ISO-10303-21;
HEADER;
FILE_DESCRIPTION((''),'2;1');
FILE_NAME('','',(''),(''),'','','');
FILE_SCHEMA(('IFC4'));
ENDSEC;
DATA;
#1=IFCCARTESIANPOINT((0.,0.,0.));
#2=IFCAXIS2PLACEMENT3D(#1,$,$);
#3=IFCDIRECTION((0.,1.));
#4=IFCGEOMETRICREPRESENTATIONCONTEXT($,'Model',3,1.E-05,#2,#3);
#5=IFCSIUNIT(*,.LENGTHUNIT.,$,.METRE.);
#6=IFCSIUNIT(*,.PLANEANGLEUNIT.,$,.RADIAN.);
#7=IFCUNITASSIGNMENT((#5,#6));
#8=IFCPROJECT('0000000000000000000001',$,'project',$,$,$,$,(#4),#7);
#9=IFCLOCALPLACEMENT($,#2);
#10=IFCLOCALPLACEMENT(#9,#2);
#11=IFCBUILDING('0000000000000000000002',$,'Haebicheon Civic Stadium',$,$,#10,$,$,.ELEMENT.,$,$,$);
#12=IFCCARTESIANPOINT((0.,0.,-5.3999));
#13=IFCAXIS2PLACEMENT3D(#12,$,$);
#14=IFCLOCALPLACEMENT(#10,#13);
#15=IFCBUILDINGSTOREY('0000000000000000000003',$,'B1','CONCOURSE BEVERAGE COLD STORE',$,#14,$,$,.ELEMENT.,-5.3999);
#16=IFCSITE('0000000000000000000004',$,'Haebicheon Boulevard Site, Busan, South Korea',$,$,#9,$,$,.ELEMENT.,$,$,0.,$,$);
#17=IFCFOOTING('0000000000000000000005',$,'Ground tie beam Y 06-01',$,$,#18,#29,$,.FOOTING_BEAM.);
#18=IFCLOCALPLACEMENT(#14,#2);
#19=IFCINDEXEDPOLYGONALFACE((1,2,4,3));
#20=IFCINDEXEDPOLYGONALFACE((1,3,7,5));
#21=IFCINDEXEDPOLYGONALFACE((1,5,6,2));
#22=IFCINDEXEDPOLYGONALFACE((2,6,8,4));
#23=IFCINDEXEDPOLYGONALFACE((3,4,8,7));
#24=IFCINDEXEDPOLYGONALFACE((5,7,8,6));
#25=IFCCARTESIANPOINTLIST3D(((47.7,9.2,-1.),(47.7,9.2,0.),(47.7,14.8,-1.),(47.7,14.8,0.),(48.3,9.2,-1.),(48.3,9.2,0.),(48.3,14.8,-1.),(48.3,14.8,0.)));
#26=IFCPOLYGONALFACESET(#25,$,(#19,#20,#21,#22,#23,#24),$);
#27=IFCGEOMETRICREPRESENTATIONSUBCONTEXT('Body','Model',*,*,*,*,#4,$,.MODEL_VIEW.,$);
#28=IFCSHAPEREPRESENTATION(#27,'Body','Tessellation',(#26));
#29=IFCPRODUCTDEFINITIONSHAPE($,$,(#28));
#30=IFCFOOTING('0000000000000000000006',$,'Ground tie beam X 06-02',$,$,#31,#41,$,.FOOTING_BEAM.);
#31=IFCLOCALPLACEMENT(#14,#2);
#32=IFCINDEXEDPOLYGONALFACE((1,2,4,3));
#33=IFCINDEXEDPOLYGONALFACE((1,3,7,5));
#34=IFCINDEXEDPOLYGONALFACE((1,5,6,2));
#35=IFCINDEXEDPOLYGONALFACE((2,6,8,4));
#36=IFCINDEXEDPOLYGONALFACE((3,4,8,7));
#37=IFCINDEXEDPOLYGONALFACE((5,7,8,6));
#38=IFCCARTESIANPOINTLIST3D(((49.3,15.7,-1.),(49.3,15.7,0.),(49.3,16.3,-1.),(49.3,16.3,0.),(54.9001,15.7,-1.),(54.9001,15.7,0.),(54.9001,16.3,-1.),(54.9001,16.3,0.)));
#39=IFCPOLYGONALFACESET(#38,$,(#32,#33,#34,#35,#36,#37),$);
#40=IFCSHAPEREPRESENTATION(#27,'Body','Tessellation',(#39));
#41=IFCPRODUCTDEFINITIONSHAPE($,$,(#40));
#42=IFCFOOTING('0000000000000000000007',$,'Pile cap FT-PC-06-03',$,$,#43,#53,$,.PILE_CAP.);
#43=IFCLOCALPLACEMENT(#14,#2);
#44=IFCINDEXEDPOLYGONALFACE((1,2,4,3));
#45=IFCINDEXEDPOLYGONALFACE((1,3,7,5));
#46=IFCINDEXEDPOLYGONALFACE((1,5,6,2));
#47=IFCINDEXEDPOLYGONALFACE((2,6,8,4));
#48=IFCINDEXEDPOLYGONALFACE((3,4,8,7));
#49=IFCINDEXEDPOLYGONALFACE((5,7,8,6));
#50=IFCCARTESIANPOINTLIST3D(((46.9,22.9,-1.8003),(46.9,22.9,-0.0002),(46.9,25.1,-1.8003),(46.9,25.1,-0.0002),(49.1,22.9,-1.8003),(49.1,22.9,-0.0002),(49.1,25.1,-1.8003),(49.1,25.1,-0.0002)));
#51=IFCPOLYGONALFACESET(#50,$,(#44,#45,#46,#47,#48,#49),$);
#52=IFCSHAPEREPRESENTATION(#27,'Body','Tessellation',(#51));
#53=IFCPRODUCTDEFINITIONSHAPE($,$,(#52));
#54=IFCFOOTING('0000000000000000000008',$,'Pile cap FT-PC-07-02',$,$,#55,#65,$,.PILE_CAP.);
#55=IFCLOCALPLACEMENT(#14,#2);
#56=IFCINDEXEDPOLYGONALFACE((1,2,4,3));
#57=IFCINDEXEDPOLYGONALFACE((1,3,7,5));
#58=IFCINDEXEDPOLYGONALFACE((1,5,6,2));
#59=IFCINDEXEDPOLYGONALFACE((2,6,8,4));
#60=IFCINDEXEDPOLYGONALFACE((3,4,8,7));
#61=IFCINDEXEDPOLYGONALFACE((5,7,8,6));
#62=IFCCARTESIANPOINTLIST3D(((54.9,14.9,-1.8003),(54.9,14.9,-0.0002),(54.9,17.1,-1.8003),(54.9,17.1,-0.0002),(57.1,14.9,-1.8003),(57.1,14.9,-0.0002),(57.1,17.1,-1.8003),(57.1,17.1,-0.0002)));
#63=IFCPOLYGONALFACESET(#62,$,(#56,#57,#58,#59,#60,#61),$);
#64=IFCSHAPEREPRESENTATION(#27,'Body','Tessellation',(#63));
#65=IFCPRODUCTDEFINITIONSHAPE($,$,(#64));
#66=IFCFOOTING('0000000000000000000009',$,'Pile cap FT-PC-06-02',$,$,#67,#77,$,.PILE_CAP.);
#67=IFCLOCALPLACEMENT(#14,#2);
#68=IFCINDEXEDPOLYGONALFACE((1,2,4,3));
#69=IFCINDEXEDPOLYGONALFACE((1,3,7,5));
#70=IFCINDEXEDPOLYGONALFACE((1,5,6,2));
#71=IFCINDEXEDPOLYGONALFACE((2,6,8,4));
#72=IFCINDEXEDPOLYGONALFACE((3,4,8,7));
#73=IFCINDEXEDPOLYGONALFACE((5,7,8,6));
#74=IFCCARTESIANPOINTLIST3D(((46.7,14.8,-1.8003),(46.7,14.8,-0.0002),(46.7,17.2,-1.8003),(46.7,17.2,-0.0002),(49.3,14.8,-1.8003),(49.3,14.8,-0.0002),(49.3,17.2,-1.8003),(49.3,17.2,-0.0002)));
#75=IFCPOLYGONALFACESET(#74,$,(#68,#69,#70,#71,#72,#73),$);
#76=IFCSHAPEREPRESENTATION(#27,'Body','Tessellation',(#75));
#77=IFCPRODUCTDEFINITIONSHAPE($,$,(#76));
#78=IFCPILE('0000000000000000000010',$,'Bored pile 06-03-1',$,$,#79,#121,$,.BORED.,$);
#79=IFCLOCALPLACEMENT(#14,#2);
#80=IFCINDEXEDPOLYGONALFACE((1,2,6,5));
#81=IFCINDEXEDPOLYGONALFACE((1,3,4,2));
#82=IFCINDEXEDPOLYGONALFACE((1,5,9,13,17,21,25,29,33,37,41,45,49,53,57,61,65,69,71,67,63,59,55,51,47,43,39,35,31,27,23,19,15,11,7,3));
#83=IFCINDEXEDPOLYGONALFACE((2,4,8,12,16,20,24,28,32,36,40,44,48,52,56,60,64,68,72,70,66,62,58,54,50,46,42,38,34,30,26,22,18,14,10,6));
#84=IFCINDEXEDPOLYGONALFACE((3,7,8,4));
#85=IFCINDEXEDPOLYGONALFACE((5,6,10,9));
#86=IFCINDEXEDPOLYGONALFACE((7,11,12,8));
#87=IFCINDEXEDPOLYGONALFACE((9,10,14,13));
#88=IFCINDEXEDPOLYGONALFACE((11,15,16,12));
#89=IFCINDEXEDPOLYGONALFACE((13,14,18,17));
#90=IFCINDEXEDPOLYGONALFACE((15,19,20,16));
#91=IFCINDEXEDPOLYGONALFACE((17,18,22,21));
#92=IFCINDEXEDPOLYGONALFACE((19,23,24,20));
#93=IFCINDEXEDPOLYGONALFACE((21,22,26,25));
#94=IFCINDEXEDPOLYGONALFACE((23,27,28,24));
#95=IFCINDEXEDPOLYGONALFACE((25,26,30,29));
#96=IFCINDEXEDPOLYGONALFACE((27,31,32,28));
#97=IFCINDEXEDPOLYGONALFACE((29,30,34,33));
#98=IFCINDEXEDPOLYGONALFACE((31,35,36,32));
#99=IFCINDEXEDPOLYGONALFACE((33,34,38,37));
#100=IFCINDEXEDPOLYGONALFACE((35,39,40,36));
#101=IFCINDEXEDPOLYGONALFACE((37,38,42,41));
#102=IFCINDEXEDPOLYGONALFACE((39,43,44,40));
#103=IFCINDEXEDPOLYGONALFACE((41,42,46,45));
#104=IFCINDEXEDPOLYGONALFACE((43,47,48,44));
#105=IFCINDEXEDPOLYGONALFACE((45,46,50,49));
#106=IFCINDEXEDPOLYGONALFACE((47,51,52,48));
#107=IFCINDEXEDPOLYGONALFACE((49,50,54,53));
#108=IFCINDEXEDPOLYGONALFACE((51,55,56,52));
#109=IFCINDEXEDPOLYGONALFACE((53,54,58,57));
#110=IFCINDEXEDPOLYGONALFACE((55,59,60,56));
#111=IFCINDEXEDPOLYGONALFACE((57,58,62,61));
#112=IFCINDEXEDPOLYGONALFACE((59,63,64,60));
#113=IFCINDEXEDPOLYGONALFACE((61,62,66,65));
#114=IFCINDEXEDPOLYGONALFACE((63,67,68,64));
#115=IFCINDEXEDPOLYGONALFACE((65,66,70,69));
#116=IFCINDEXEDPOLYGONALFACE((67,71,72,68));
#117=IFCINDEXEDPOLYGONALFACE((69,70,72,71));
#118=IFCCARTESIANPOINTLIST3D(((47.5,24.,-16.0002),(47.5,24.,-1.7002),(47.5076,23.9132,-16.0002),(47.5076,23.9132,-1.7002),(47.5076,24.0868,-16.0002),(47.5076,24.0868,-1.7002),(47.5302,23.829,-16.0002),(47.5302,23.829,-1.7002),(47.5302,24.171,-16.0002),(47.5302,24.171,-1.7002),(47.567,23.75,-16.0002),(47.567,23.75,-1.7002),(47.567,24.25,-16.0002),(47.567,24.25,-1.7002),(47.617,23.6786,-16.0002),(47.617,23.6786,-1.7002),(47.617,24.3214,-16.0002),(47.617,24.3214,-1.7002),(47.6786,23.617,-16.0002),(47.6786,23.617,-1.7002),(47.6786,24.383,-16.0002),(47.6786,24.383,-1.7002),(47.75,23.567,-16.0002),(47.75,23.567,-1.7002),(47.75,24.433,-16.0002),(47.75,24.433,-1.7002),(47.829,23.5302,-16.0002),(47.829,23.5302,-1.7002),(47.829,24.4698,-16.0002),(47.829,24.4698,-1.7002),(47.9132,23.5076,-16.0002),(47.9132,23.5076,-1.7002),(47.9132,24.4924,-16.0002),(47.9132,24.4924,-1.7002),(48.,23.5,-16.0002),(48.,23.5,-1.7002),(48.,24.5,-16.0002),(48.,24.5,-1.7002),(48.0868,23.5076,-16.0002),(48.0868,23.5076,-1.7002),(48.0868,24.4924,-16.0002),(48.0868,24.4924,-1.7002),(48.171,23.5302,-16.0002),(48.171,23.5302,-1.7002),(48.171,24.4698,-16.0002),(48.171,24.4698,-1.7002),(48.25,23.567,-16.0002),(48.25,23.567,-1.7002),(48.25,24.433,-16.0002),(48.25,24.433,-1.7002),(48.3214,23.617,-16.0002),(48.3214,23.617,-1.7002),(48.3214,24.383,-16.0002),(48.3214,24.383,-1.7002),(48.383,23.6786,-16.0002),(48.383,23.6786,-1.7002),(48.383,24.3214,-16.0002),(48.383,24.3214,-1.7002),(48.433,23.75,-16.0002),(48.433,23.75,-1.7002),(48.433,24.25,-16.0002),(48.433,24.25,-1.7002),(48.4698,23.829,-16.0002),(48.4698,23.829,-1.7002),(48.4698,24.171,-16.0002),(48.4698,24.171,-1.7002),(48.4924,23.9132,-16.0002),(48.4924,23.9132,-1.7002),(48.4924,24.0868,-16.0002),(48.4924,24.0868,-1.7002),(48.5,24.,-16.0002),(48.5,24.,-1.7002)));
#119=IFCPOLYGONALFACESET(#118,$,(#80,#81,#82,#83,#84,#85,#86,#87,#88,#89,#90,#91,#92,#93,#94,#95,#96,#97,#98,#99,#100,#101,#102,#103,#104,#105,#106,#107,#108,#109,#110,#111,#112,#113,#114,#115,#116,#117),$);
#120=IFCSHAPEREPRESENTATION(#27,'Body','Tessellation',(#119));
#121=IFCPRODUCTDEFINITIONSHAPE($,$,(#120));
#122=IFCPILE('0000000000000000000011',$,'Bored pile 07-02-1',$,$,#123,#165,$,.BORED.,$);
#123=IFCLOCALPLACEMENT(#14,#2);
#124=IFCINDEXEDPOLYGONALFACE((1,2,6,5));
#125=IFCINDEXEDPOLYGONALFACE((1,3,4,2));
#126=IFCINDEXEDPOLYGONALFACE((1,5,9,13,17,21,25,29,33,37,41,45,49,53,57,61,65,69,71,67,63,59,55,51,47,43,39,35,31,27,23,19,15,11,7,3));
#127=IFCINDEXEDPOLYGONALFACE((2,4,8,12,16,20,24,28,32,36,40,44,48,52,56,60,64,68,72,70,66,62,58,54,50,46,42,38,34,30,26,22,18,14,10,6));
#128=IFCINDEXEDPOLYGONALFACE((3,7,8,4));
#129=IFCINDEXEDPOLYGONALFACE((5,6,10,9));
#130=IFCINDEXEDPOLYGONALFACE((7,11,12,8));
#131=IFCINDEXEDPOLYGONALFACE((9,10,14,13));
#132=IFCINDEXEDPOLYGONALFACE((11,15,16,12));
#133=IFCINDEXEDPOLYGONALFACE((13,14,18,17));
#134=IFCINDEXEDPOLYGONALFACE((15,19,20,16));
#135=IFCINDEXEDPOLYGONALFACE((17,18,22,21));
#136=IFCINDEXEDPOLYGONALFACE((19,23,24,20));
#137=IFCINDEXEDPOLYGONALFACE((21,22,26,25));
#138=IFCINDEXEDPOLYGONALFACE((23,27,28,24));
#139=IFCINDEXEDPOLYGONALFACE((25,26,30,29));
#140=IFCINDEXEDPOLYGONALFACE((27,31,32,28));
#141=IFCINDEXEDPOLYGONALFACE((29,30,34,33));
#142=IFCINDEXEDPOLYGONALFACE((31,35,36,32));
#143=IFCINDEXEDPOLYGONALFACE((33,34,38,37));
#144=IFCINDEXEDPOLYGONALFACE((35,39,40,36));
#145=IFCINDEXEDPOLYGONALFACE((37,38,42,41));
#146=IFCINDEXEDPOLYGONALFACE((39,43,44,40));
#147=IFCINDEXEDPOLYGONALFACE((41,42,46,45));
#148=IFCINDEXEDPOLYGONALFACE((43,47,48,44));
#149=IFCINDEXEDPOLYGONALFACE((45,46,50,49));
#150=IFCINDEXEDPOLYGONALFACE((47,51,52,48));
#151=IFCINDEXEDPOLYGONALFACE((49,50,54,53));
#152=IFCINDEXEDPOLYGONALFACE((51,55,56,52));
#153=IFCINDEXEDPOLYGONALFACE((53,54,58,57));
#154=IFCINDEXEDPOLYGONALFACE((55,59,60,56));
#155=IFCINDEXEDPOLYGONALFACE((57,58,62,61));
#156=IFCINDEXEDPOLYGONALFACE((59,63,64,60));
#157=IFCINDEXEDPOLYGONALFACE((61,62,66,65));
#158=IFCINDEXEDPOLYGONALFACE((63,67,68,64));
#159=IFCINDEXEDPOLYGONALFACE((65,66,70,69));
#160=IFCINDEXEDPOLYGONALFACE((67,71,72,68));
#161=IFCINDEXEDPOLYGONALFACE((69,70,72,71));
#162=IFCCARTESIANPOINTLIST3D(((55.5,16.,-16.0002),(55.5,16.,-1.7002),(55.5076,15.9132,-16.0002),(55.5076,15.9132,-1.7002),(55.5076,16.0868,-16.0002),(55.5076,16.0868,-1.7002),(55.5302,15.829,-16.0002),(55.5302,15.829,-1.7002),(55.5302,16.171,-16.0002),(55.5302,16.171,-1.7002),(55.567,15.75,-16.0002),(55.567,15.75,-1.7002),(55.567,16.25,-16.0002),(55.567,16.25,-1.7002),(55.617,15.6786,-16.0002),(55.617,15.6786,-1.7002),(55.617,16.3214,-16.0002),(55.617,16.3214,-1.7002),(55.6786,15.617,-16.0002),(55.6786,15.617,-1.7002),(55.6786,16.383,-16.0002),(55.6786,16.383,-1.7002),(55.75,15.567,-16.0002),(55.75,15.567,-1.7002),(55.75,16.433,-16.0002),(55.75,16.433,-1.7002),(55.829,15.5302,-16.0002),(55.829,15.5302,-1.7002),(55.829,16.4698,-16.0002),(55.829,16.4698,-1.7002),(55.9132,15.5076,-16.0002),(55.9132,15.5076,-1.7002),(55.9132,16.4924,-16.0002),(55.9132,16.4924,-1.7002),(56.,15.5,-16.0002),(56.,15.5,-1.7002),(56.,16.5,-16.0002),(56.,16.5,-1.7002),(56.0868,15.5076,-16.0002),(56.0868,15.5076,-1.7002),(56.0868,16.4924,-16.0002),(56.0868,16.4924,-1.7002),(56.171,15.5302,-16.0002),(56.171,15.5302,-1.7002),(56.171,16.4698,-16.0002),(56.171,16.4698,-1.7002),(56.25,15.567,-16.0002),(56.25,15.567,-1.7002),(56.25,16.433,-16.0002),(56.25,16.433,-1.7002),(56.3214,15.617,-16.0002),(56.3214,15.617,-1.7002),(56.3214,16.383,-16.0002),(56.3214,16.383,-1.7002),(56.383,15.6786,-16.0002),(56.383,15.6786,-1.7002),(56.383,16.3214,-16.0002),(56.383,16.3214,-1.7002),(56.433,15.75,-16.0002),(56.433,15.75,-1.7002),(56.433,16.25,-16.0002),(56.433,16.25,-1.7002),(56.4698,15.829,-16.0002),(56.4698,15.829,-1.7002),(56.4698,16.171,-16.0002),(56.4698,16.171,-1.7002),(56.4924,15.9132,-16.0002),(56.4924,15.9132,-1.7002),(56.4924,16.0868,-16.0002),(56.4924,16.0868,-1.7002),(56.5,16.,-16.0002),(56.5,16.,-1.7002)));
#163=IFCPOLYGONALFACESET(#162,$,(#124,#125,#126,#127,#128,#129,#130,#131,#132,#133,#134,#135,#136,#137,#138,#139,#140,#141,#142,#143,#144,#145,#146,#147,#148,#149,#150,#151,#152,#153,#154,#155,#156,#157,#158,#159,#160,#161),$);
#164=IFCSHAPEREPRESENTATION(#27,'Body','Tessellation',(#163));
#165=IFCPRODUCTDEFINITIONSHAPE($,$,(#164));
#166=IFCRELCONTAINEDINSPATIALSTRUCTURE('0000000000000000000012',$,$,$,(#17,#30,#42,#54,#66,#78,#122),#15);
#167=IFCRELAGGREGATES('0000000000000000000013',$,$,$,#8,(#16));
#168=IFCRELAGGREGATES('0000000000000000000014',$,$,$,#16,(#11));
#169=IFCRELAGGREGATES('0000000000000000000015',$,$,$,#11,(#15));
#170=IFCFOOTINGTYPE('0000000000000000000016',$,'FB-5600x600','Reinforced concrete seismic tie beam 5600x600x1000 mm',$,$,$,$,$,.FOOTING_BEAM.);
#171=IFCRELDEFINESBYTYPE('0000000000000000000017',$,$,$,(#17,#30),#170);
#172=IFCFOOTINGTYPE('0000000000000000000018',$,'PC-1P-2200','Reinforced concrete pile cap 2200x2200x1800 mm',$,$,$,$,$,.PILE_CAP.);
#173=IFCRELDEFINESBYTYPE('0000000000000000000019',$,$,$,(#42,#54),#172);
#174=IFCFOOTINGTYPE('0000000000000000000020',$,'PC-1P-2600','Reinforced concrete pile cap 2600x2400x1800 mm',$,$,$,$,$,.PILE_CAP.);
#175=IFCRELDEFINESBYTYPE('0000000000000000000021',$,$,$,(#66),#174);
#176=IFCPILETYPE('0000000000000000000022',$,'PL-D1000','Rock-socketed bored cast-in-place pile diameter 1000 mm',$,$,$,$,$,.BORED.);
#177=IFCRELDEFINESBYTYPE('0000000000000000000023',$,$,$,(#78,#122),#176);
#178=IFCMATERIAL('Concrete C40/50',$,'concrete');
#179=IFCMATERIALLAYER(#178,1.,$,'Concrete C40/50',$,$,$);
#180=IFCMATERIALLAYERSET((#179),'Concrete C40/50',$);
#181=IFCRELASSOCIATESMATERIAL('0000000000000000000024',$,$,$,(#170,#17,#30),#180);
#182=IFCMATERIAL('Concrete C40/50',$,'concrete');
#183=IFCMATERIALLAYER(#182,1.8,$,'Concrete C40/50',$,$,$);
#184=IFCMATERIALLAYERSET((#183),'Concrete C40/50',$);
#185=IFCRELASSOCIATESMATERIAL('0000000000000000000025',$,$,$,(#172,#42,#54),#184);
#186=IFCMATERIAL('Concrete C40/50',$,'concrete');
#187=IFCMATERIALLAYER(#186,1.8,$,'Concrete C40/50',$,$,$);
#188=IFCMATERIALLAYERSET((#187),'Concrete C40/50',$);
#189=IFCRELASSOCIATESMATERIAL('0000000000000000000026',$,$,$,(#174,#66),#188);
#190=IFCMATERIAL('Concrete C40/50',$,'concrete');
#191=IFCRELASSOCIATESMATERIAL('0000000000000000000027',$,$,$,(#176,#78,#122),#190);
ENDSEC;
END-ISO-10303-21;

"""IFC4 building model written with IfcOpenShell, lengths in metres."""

from ifc_helpers import new_model, si_unit, direction, frame, origin, origin_2d, place, context, subcontext, project, spatial, rectangle, circle, extrude, material, layer, layer_set, material_profile, profile_set, type_object, element, save


model = new_model("IFC4")

# Units and contexts
model_context = context("Model", 3, precision=1e-05, world=origin(), true_north=direction((0.0, 1.0)))
body_context = subcontext(model_context, "Body", "Model", "MODEL_VIEW")
ifc_project = project(units=[si_unit("LENGTHUNIT", "METRE"), si_unit("PLANEANGLEUNIT", "RADIAN")], contexts=[model_context])

# Site, building, storey
site_placement = place(None, origin())
site = spatial("IfcSite", under=ifc_project, at=site_placement, Name="Haebicheon Boulevard Site, Busan, South Korea", CompositionType="ELEMENT", RefElevation=0.0)
building_placement = place(site_placement, origin())
building = spatial("IfcBuilding", under=site, at=building_placement, Name="Haebicheon Civic Stadium", CompositionType="ELEMENT")
storey_placement = place(building_placement, frame((0.0, 0.0, -5.3999)))
storey = spatial("IfcBuildingStorey", under=building, at=storey_placement, Name="B1", Description="CONCOURSE BEVERAGE COLD STORE", CompositionType="ELEMENT", Elevation=-5.3999)

# Footings
ifc_material_1 = material(Name="Concrete C40/50", Category="concrete")
ifc_layer_1 = layer(ifc_material_1, 1.0, Name="Concrete C40/50")
ifc_layer_set_1 = layer_set([ifc_layer_1], Name="Concrete C40/50")
footing_type_1 = type_object("IfcFootingType", Name="FB-5600x600", Description="Reinforced concrete seismic tie beam 5600x600x1000 mm", PredefinedType="FOOTING_BEAM", material=ifc_layer_set_1)
for number, where, z_axis, x_axis, name in (
    (1, (48.0, 12.0, -1.0), (0.0, 0.0, 1.0), (0.0, 1.0, 0.0), "Ground tie beam Y 06-01"),
    (2, (52.1001, 16.0, -1.0), (0.0, 0.0, 1.0), (1.0, 0.0, 0.0), "Ground tie beam X 06-02"),
):
    element("IfcFooting", number, at=place(storey_placement, frame(where, z_axis=z_axis, x_axis=x_axis)), inside=storey, type_object=footing_type_1, material=ifc_layer_set_1, Name=name, PredefinedType="FOOTING_BEAM", context=body_context, shape_type="SweptSolid", body=[
        extrude(rectangle(XDim=5.6001, YDim=0.6001, at=origin_2d()), origin(), (0.0, 0.0, 1.0), 1.0),
    ])
ifc_material_2 = material(Name="Concrete C40/50", Category="concrete")
ifc_layer_2 = layer(ifc_material_2, 1.8, Name="Concrete C40/50")
ifc_layer_set_2 = layer_set([ifc_layer_2], Name="Concrete C40/50")
footing_type_2 = type_object("IfcFootingType", Name="PC-1P-2200", Description="Reinforced concrete pile cap 2200x2200x1800 mm", PredefinedType="PILE_CAP", material=ifc_layer_set_2)
for number, where, z_axis, x_axis, name in (
    (3, (48.0, 24.0, -1.8003), (0.0, 0.0, 1.0), (1.0, 0.0, 0.0), "Pile cap FT-PC-06-03"),
    (4, (56.0, 16.0, -1.8003), (0.0, 0.0, 1.0), (1.0, 0.0, 0.0), "Pile cap FT-PC-07-02"),
):
    element("IfcFooting", number, at=place(storey_placement, frame(where, z_axis=z_axis, x_axis=x_axis)), inside=storey, type_object=footing_type_2, material=ifc_layer_set_2, Name=name, PredefinedType="PILE_CAP", context=body_context, shape_type="SweptSolid", body=[
        extrude(rectangle(XDim=2.2, YDim=2.2, at=origin_2d()), origin(), (0.0, 0.0, 1.0), 1.8),
    ])
ifc_material_3 = material(Name="Concrete C40/50", Category="concrete")
ifc_layer_3 = layer(ifc_material_3, 1.8, Name="Concrete C40/50")
ifc_layer_set_3 = layer_set([ifc_layer_3], Name="Concrete C40/50")
footing_type_3 = type_object("IfcFootingType", Name="PC-1P-2600", Description="Reinforced concrete pile cap 2600x2400x1800 mm", PredefinedType="PILE_CAP", material=ifc_layer_set_3)
footing_placement = place(storey_placement, frame((48.0, 16.0, -1.8003), z_axis=(0.0, 0.0, 1.0), x_axis=(1.0, 0.0, 0.0)))
element("IfcFooting", 5, at=footing_placement, inside=storey, type_object=footing_type_3, material=ifc_layer_set_3, Name="Pile cap FT-PC-06-02", PredefinedType="PILE_CAP", context=body_context, shape_type="SweptSolid", body=[
    extrude(rectangle(XDim=2.6001, YDim=2.3999, at=origin_2d()), origin(), (0.0, 0.0, 1.0), 1.8),
])

# Piles
ifc_material_4 = material(Name="Concrete C40/50", Category="concrete")
ifc_material_profile_1 = material_profile(ifc_material_4, circle(Radius=0.5, at=origin_2d()), Name="PILE-D1000")
ifc_profile_set_1 = profile_set([ifc_material_profile_1], Name="Concrete C40/50")
pile_type_1 = type_object("IfcPileType", Name="PL-D1000", Description="Rock-socketed bored cast-in-place pile diameter 1000 mm", PredefinedType="BORED", material=ifc_profile_set_1)
for number, where, z_axis, x_axis, name in (
    (6, (48.0, 24.0, -1.7002), (0.0, 0.0, -1.0), (1.0, 0.0, 0.0), "Bored pile 06-03-1"),
    (7, (56.0, 16.0, -1.7002), (0.0, 0.0, -1.0), (1.0, 0.0, 0.0), "Bored pile 07-02-1"),
):
    element("IfcPile", number, at=place(storey_placement, frame(where, z_axis=z_axis, x_axis=x_axis)), inside=storey, type_object=pile_type_1, material=ifc_profile_set_1, Name=name, PredefinedType="BORED", context=body_context, shape_type="SweptSolid", body=[
        extrude(circle(Radius=0.5, at=origin_2d()), origin(), (0.0, 0.0, 1.0), 14.3),
    ])

save(model, "model.ifc")
